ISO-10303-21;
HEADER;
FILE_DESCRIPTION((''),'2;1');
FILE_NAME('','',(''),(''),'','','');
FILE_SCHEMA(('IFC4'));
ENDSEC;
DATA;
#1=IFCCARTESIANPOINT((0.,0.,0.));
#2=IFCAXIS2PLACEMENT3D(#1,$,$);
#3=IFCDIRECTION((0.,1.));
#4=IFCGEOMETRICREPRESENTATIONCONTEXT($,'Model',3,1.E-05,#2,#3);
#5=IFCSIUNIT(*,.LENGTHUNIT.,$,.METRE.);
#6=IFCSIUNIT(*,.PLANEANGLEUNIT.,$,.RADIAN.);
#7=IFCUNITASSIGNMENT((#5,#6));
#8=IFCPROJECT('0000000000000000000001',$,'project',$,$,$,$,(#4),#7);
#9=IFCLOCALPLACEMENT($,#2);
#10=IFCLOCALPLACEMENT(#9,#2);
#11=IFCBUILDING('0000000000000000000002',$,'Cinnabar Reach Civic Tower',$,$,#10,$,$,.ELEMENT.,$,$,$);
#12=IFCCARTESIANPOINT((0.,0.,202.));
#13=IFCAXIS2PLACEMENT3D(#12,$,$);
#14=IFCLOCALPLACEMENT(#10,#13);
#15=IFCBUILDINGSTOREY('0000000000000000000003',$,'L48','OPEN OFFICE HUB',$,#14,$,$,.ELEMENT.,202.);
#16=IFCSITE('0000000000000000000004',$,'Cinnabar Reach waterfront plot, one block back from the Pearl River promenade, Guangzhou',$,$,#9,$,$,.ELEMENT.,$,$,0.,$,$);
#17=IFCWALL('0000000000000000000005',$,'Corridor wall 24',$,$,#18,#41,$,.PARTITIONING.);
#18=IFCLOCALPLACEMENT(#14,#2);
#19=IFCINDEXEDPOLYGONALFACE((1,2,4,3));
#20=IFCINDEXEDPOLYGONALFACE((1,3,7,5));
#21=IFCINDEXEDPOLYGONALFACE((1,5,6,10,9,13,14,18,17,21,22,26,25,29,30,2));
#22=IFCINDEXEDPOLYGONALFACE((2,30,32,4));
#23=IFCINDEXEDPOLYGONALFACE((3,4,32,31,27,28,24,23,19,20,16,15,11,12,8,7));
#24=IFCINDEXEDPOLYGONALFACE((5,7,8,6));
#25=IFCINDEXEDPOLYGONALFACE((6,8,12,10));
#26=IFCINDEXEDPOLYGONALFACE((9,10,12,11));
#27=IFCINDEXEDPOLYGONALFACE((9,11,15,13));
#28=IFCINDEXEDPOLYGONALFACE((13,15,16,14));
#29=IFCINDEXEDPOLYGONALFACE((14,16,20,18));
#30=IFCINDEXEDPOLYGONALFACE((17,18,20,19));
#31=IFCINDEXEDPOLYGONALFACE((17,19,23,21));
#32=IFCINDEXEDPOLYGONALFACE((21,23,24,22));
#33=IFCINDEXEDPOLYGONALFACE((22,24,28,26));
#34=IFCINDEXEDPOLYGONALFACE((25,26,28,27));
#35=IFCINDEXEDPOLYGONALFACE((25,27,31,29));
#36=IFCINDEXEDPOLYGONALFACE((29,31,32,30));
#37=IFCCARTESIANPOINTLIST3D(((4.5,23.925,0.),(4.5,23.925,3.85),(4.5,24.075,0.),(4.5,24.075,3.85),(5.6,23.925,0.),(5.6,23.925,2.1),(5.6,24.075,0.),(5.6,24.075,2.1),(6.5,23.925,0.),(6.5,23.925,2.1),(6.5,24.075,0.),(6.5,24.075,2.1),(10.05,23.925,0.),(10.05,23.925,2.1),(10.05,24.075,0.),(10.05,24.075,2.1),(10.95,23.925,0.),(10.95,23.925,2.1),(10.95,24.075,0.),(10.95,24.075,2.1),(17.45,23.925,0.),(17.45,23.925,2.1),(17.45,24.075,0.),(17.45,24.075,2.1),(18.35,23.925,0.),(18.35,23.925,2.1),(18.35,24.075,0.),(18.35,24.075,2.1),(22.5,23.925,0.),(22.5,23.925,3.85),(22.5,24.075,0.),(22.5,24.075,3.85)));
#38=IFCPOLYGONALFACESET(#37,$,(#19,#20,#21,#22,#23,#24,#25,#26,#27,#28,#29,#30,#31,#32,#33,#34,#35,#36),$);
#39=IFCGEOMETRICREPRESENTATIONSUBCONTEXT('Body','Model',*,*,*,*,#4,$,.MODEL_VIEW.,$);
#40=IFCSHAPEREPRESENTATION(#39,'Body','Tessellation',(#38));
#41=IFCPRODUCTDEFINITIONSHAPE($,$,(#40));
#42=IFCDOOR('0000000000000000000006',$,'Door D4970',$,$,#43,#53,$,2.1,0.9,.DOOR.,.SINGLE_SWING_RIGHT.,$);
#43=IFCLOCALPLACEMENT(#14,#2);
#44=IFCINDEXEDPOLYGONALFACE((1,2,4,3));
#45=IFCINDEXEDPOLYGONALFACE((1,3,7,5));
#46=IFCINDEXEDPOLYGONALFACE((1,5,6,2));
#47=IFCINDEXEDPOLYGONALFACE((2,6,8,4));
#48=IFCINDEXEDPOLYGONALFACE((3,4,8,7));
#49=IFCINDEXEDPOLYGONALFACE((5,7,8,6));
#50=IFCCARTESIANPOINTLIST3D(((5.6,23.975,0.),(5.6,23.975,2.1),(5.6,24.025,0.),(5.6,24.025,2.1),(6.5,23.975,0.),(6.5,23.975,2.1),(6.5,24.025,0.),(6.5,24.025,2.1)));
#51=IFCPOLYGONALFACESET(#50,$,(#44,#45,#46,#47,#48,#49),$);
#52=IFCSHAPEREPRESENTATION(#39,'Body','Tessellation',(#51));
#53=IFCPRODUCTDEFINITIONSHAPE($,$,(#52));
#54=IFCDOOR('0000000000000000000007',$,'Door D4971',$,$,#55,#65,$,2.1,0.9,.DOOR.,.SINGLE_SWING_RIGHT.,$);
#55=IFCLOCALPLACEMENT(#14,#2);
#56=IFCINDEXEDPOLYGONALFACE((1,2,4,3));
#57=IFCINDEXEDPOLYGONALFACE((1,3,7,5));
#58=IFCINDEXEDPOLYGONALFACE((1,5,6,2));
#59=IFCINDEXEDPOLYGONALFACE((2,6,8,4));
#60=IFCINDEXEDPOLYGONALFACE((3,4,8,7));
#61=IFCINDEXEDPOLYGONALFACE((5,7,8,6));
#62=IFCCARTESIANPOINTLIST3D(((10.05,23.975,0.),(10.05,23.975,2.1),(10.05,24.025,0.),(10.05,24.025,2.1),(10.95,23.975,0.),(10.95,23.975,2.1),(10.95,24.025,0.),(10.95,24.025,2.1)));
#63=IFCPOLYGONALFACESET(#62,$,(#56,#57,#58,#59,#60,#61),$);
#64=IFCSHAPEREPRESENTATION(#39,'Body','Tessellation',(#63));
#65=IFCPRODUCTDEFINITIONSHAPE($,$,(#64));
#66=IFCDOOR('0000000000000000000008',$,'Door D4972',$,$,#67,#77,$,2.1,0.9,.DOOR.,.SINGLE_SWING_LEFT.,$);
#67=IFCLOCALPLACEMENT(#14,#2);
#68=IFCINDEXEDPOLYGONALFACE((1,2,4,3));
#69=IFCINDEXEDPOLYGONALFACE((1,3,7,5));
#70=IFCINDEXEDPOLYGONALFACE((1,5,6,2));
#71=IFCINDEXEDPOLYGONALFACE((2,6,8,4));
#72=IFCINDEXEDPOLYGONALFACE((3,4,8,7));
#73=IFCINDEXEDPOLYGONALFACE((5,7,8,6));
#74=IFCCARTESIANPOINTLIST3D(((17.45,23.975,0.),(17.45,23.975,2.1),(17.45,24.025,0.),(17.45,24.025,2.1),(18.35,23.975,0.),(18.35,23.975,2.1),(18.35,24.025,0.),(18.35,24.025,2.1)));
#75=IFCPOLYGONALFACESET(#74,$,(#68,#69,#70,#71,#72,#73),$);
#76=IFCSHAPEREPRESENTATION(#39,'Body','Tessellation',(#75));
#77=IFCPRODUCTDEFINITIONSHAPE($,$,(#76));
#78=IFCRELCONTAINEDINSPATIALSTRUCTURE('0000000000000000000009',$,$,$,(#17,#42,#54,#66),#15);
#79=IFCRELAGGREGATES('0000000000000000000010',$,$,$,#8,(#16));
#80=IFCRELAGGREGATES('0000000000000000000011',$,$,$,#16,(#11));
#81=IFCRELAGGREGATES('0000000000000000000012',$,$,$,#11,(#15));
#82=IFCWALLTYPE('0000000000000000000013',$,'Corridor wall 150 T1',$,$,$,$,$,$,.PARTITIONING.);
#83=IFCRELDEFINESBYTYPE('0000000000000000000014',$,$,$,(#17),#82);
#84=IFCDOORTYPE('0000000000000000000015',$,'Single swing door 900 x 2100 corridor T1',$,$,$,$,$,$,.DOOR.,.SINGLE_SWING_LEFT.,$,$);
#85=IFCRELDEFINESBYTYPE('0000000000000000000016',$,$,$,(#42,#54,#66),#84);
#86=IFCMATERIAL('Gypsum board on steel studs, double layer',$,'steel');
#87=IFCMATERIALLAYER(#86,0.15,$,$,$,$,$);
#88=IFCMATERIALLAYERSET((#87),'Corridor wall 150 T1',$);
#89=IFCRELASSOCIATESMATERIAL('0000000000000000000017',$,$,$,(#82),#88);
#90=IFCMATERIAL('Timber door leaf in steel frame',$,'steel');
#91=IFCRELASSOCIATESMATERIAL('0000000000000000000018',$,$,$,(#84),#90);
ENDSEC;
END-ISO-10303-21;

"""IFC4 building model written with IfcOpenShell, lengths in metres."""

from ifc_helpers import new_model, si_unit, direction, frame, frame_2d, origin, place, context, subcontext, project, spatial, rectangle, extrude, material, layer, layer_set, type_object, element, fill, save


model = new_model("IFC4")

# Units and contexts
model_context = context("Model", 3, precision=1e-05, world=origin(), true_north=direction((0.0, 1.0)))
body_context = subcontext(model_context, "Body", "Model", "MODEL_VIEW")
ifc_project = project(units=[si_unit("LENGTHUNIT", "METRE"), si_unit("PLANEANGLEUNIT", "RADIAN")], contexts=[model_context])

# Site, building, storey
site_placement = place(None, origin())
site = spatial("IfcSite", under=ifc_project, at=site_placement, Name="Cinnabar Reach waterfront plot, one block back from the Pearl River promenade, Guangzhou", CompositionType="ELEMENT", RefElevation=0.0)
building_placement = place(site_placement, origin())
building = spatial("IfcBuilding", under=site, at=building_placement, Name="Cinnabar Reach Civic Tower", CompositionType="ELEMENT")
storey_placement = place(building_placement, frame((0.0, 0.0, 202.0)))
storey = spatial("IfcBuildingStorey", under=building, at=storey_placement, Name="L48", Description="OPEN OFFICE HUB", CompositionType="ELEMENT", Elevation=202.0)

# Shared definitions
ifc_material_1 = material(Name="Timber door leaf in steel frame", Category="steel")

# Wall, openings, doors
ifc_material_2 = material(Name="Gypsum board on steel studs, double layer", Category="steel")
ifc_layer_1 = layer(ifc_material_2, 0.15)
ifc_layer_set_1 = layer_set([ifc_layer_1], Name="Corridor wall 150 T1")
wall_type_1 = type_object("IfcWallType", Name="Corridor wall 150 T1", PredefinedType="PARTITIONING", material=ifc_layer_set_1)
wall_1_placement = place(storey_placement, frame((4.5, 24.0, 0.0), z_axis=(0.0, 0.0, 1.0), x_axis=(1.0, 0.0, 0.0)))
wall_1 = element("IfcWall", 1, at=wall_1_placement, inside=storey, type_object=wall_type_1, Name="Corridor wall 24", PredefinedType="PARTITIONING", context=body_context, shape_type="SweptSolid", body=[
    extrude(rectangle(XDim=18.0, YDim=0.15, at=frame_2d((9.0, 0.0))), origin(), (0.0, 0.0, 1.0), 3.85),
])
opening_1_placement = place(wall_1_placement, frame((1.1, 0.0, 0.0)))
opening_1 = element("IfcOpeningElement", 2, at=opening_1_placement, cuts=wall_1, PredefinedType="OPENING", context=body_context, shape_type="SweptSolid", body=[
    extrude(rectangle(XDim=0.9, YDim=2.1, at=frame_2d((0.45, 1.05))), frame((0.0, 0.085, 0.0), z_axis=(0.0, -1.0, 0.0), x_axis=(1.0, 0.0, 0.0)), (0.0, 0.0, 1.0), 0.17),
])
opening_2_placement = place(wall_1_placement, frame((5.55, 0.0, 0.0)))
opening_2 = element("IfcOpeningElement", 3, at=opening_2_placement, cuts=wall_1, PredefinedType="OPENING", context=body_context, shape_type="SweptSolid", body=[
    extrude(rectangle(XDim=0.9, YDim=2.1, at=frame_2d((0.45, 1.05))), frame((0.0, 0.085, 0.0), z_axis=(0.0, -1.0, 0.0), x_axis=(1.0, 0.0, 0.0)), (0.0, 0.0, 1.0), 0.17),
])
opening_3_placement = place(wall_1_placement, frame((12.95, 0.0, 0.0)))
opening_3 = element("IfcOpeningElement", 4, at=opening_3_placement, cuts=wall_1, PredefinedType="OPENING", context=body_context, shape_type="SweptSolid", body=[
    extrude(rectangle(XDim=0.9, YDim=2.1, at=frame_2d((0.45, 1.05))), frame((0.0, 0.085, 0.0), z_axis=(0.0, -1.0, 0.0), x_axis=(1.0, 0.0, 0.0)), (0.0, 0.0, 1.0), 0.17),
])
door_type_1 = type_object("IfcDoorType", Name="Single swing door 900 x 2100 corridor T1", OperationType="SINGLE_SWING_LEFT", PredefinedType="DOOR", material=ifc_material_1)
door_1_placement = place(opening_1_placement, frame((0.9, 0.0, 0.0), z_axis=(0.0, 0.0, 1.0), x_axis=(-1.0, 0.0, 0.0)))
door_1 = element("IfcDoor", 5, at=door_1_placement, inside=storey, type_object=door_type_1, Name="Door D4970", OperationType="SINGLE_SWING_RIGHT", OverallHeight=2.1, OverallWidth=0.9, PredefinedType="DOOR", context=body_context, shape_type="SweptSolid", body=[
    extrude(rectangle(XDim=0.9, YDim=2.1, at=frame_2d((0.45, 1.05))), frame((0.0, 0.025, 0.0), z_axis=(0.0, -1.0, 0.0), x_axis=(1.0, 0.0, 0.0)), (0.0, 0.0, 1.0), 0.05),
])
fill(opening_1, door_1)
door_2_placement = place(opening_2_placement, frame((0.9, 0.0, 0.0), z_axis=(0.0, 0.0, 1.0), x_axis=(-1.0, 0.0, 0.0)))
door_2 = element("IfcDoor", 6, at=door_2_placement, inside=storey, type_object=door_type_1, Name="Door D4971", OperationType="SINGLE_SWING_RIGHT", OverallHeight=2.1, OverallWidth=0.9, PredefinedType="DOOR", context=body_context, shape_type="SweptSolid", body=[
    extrude(rectangle(XDim=0.9, YDim=2.1, at=frame_2d((0.45, 1.05))), frame((0.0, 0.025, 0.0), z_axis=(0.0, -1.0, 0.0), x_axis=(1.0, 0.0, 0.0)), (0.0, 0.0, 1.0), 0.05),
])
fill(opening_2, door_2)
door_3_placement = place(opening_3_placement, frame((0.9, 0.0, 0.0), z_axis=(0.0, 0.0, 1.0), x_axis=(-1.0, 0.0, 0.0)))
door_3 = element("IfcDoor", 7, at=door_3_placement, inside=storey, type_object=door_type_1, Name="Door D4972", OperationType="SINGLE_SWING_LEFT", OverallHeight=2.1, OverallWidth=0.9, PredefinedType="DOOR", context=body_context, shape_type="SweptSolid", body=[
    extrude(rectangle(XDim=0.9, YDim=2.1, at=frame_2d((0.45, 1.05))), frame((0.0, 0.025, 0.0), z_axis=(0.0, -1.0, 0.0), x_axis=(1.0, 0.0, 0.0)), (0.0, 0.0, 1.0), 0.05),
])
fill(opening_3, door_3)

save(model, "model.ifc")
